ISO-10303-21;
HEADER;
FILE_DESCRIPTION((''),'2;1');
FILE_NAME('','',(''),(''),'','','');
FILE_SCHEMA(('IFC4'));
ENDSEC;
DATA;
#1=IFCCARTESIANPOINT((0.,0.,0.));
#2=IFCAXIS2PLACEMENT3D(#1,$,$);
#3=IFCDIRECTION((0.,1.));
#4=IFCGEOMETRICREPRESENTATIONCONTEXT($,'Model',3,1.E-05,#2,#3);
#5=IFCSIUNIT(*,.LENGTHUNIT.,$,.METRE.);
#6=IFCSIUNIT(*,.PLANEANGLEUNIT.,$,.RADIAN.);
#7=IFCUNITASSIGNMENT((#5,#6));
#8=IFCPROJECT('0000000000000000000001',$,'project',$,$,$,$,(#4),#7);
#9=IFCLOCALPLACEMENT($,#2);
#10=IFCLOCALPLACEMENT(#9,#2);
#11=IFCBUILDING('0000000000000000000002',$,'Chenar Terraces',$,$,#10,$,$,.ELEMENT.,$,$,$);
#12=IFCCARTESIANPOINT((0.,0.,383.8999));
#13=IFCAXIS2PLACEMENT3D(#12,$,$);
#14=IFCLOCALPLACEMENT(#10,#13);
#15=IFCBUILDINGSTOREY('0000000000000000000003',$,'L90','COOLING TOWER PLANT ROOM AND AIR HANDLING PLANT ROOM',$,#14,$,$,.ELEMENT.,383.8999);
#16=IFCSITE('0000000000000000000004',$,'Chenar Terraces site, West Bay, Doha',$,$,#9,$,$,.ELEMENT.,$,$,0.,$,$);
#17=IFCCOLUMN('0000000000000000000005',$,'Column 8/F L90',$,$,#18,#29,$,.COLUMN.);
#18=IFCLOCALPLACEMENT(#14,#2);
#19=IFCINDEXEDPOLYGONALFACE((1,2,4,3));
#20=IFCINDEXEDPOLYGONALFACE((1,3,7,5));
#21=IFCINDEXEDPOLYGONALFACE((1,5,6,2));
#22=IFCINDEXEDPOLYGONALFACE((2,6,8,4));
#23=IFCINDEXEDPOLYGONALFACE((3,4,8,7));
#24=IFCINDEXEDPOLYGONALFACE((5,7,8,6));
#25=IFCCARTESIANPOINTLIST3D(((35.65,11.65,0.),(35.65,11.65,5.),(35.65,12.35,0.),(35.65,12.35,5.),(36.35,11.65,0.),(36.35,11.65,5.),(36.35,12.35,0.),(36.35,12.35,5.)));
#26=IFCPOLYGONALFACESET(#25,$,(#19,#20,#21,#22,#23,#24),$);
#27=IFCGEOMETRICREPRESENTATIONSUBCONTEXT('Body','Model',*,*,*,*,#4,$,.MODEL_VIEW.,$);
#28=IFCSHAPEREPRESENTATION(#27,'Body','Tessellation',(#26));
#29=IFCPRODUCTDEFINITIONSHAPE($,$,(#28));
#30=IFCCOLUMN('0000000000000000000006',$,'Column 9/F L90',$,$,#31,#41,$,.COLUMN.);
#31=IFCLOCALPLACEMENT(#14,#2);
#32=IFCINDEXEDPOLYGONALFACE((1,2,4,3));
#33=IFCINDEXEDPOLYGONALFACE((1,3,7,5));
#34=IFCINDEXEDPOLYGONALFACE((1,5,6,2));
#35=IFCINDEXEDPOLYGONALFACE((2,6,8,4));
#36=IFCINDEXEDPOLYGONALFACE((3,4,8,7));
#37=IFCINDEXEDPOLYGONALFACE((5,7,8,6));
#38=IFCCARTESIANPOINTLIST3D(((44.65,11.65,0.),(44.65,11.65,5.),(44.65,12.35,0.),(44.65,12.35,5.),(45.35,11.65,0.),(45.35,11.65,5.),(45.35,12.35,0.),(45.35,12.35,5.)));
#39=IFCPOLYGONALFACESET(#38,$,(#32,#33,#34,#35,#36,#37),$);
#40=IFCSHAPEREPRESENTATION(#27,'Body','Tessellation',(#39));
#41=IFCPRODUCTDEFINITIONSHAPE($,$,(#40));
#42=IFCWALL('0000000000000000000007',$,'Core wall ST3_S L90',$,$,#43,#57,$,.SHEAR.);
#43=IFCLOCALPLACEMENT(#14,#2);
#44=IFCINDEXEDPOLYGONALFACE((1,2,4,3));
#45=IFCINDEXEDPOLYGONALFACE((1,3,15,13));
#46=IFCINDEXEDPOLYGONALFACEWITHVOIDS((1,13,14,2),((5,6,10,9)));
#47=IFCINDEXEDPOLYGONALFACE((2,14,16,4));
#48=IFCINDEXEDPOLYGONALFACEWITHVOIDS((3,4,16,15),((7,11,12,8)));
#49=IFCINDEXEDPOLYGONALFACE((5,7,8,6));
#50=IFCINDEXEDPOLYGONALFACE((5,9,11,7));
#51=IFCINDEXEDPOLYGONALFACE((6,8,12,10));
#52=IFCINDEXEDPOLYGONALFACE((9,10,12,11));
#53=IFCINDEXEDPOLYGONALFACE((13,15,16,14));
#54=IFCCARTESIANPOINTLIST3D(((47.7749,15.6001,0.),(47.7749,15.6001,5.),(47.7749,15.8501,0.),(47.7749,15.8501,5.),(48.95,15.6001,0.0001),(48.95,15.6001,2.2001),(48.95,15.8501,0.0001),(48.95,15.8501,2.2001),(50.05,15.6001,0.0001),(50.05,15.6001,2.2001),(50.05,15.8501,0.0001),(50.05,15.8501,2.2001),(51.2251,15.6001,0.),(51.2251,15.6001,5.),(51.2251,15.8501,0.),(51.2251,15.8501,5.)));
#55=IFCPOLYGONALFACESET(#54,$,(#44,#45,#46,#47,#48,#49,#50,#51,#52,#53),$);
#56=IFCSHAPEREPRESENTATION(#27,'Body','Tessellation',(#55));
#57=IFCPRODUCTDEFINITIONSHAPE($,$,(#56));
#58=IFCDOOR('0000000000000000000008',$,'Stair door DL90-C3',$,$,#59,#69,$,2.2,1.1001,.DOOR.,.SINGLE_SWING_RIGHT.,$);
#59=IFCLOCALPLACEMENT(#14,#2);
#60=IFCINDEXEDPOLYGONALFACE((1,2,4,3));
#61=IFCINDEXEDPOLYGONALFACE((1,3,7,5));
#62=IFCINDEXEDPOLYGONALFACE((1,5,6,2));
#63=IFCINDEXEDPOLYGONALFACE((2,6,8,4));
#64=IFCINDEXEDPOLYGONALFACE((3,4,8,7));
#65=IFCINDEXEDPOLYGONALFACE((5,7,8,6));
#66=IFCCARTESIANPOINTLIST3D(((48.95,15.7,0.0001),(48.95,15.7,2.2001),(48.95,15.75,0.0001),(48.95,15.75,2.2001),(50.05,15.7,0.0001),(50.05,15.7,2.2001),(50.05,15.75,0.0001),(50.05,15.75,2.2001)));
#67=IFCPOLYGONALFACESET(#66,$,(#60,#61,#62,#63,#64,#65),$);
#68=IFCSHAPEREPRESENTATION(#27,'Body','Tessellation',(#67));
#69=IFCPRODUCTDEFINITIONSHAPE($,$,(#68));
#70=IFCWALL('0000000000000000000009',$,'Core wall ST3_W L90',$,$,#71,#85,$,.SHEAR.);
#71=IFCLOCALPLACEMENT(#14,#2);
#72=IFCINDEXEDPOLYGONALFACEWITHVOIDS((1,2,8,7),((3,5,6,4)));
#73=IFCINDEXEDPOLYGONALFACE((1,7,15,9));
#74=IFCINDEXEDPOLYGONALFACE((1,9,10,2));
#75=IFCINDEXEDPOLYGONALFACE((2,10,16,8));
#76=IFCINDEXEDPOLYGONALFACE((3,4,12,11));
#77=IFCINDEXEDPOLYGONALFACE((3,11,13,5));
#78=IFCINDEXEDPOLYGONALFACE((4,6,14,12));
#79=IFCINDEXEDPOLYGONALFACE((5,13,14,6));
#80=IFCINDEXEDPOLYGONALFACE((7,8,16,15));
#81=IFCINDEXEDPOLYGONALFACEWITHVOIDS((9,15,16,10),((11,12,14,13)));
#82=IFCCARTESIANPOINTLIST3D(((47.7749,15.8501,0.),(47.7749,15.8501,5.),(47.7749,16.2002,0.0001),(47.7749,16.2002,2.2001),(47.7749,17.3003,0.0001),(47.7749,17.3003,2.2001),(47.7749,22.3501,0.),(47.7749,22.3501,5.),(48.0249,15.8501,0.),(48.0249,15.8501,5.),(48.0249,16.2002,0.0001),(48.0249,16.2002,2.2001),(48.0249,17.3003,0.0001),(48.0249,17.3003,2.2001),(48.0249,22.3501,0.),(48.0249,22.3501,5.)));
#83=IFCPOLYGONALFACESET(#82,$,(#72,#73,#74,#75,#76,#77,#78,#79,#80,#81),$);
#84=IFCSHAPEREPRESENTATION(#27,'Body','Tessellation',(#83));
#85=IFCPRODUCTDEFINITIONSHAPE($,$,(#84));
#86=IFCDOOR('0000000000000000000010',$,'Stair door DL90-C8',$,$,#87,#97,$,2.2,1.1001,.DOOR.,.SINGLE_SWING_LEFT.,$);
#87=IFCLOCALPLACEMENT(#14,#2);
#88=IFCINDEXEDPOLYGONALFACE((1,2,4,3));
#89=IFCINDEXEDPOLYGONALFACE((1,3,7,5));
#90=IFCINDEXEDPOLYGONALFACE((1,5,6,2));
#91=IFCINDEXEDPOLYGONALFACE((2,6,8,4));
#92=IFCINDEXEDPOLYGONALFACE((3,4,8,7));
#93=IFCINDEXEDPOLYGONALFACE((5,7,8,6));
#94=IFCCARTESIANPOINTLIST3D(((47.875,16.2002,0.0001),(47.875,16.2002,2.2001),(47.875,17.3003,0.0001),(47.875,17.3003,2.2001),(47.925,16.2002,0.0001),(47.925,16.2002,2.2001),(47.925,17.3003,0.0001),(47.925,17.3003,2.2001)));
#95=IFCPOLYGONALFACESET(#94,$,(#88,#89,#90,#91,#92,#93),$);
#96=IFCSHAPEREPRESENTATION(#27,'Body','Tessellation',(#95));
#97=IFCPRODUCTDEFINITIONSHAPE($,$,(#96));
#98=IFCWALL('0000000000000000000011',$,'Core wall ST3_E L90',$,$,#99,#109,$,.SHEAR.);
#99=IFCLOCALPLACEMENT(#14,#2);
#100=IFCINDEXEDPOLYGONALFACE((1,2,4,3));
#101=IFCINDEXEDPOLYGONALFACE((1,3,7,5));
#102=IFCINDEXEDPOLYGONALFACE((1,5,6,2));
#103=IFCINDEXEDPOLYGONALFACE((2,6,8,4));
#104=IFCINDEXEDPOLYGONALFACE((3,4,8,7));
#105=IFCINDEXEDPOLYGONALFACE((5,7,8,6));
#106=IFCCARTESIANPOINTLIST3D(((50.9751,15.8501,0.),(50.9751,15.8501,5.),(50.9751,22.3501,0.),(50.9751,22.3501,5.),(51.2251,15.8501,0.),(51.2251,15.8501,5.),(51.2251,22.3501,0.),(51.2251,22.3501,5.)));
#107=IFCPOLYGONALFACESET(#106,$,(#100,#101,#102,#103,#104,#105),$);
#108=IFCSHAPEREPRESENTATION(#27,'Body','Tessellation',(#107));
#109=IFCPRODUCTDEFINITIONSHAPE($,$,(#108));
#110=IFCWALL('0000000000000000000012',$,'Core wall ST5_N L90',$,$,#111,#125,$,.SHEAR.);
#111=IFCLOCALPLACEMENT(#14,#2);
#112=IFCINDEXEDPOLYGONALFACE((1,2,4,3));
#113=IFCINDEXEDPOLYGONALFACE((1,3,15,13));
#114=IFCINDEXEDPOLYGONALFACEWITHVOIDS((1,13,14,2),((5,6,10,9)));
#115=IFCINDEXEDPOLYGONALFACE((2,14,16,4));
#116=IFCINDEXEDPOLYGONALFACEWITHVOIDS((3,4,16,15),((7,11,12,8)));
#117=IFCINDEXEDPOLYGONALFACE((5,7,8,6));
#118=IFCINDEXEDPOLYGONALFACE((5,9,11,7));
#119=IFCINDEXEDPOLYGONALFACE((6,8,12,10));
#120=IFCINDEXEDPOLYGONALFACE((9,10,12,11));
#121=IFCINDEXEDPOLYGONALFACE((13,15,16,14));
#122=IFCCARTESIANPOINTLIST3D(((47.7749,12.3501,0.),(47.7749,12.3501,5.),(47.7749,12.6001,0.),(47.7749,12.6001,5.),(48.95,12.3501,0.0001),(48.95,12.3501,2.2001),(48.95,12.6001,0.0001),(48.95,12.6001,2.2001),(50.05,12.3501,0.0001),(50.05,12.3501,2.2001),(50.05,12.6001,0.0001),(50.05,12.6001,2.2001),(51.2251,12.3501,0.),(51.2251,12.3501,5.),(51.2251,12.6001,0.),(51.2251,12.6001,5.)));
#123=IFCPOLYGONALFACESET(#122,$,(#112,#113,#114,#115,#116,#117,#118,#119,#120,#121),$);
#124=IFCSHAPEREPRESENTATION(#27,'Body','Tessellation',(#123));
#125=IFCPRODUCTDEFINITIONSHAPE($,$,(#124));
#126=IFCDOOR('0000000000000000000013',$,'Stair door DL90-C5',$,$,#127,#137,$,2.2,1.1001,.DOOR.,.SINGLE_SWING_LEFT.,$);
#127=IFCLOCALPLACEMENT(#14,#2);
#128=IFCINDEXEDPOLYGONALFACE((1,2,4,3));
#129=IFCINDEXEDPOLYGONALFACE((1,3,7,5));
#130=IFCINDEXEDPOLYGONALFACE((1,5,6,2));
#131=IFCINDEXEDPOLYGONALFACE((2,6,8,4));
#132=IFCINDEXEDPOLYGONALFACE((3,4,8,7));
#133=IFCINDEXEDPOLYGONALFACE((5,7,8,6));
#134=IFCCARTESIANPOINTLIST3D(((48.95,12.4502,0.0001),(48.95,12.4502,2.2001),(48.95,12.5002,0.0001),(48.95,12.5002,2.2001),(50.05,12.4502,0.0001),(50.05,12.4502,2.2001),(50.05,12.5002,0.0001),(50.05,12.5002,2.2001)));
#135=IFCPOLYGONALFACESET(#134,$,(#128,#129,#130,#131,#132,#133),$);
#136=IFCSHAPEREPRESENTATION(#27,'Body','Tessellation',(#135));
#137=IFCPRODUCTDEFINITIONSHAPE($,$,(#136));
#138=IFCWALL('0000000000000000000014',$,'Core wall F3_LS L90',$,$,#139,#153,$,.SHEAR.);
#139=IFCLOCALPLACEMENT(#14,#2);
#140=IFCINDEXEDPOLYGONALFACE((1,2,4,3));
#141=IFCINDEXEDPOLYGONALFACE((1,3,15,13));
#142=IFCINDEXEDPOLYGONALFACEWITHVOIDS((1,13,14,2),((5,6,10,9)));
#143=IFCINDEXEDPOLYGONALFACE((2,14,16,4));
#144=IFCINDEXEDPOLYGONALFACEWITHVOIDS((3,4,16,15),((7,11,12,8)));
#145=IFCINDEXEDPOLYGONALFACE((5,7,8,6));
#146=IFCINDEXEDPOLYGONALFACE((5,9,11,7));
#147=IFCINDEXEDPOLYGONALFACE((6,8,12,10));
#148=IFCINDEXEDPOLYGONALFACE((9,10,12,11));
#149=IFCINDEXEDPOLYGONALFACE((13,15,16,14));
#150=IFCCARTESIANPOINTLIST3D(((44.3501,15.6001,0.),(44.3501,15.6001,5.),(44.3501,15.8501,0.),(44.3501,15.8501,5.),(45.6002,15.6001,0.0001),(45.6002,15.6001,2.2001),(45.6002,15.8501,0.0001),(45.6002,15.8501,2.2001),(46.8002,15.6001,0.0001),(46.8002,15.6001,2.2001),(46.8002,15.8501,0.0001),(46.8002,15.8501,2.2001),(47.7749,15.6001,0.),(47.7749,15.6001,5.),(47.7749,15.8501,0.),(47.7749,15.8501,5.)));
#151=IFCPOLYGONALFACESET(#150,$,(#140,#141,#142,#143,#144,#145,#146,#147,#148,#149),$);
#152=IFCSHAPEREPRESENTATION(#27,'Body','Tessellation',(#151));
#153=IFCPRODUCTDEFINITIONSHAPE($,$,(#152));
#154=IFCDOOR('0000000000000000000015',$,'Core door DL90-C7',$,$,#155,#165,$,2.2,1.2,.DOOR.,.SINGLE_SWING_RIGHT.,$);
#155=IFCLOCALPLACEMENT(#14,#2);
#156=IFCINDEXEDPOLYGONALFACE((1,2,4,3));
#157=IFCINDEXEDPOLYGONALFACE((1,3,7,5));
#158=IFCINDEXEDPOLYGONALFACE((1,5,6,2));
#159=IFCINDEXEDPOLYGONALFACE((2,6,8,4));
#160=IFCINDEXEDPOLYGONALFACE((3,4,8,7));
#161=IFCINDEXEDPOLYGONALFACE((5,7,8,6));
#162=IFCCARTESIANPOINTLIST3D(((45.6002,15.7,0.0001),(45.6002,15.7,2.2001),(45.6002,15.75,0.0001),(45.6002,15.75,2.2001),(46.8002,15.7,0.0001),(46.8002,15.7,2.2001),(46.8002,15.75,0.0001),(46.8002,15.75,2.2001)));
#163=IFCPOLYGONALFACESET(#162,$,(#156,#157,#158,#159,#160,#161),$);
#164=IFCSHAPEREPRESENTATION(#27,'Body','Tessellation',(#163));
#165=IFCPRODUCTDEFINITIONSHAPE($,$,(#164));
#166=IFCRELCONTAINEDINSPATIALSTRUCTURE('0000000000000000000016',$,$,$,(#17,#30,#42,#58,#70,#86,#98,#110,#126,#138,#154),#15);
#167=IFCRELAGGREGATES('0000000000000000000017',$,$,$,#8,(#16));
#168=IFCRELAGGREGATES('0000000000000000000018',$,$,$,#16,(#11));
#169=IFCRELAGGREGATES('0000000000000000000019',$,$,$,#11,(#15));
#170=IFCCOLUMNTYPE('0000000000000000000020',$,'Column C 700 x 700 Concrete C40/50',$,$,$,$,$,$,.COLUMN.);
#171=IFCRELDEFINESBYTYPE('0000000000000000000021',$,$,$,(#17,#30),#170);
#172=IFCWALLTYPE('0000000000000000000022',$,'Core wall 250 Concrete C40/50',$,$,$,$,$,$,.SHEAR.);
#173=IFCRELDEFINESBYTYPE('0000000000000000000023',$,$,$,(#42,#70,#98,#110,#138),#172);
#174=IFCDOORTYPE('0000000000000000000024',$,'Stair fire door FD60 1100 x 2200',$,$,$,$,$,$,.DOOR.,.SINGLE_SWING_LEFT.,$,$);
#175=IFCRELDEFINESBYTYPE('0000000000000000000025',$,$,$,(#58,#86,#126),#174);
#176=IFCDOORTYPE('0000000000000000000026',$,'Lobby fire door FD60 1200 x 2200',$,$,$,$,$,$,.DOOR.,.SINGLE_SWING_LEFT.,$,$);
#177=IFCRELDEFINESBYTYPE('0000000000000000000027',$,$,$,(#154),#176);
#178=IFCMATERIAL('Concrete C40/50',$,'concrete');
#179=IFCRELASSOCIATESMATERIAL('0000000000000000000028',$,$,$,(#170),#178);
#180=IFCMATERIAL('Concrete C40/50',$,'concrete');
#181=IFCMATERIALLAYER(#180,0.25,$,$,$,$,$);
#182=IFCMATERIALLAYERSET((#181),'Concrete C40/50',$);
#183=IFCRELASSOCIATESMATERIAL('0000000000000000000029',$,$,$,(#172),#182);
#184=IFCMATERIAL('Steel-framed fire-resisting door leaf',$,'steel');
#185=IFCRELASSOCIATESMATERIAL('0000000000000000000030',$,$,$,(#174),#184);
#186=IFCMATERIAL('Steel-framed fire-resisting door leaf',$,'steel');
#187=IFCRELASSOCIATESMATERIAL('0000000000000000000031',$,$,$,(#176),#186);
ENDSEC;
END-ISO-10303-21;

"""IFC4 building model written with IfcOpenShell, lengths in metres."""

from ifc_helpers import new_model, si_unit, direction, frame, frame_2d, origin, origin_2d, place, context, subcontext, project, spatial, rectangle, extrude, material, layer, layer_set, material_profile, profile_set, type_object, element, fill, save


model = new_model("IFC4")

# Units and contexts
model_context = context("Model", 3, precision=1e-05, world=origin(), true_north=direction((0.0, 1.0)))
body_context = subcontext(model_context, "Body", "Model", "MODEL_VIEW")
ifc_project = project(units=[si_unit("LENGTHUNIT", "METRE"), si_unit("PLANEANGLEUNIT", "RADIAN")], contexts=[model_context])

# Site, building, storey
site_placement = place(None, origin())
site = spatial("IfcSite", under=ifc_project, at=site_placement, Name="Chenar Terraces site, West Bay, Doha", CompositionType="ELEMENT", RefElevation=0.0)
building_placement = place(site_placement, origin())
building = spatial("IfcBuilding", under=site, at=building_placement, Name="Chenar Terraces", CompositionType="ELEMENT")
storey_placement = place(building_placement, frame((0.0, 0.0, 383.8999)))
storey = spatial("IfcBuildingStorey", under=building, at=storey_placement, Name="L90", Description="COOLING TOWER PLANT ROOM AND AIR HANDLING PLANT ROOM", CompositionType="ELEMENT", Elevation=383.8999)

# Columns
ifc_material_1 = material(Name="Concrete C40/50", Category="concrete")
ifc_material_profile = material_profile(ifc_material_1, rectangle(XDim=0.7, YDim=0.7, at=origin_2d()), Name="C 700 x 700")
ifc_profile_set = profile_set([ifc_material_profile], Name="Concrete C40/50")
column_type = type_object("IfcColumnType", Name="Column C 700 x 700 Concrete C40/50", PredefinedType="COLUMN", material=ifc_profile_set)
for number, where, z_axis, x_axis, name in (
    (1, (36.0, 12.0, 0.0), (0.0, 0.0, 1.0), (1.0, 0.0, 0.0), "Column 8/F L90"),
    (2, (45.0, 12.0, 0.0), (0.0, 0.0, 1.0), (1.0, 0.0, 0.0), "Column 9/F L90"),
):
    element("IfcColumn", number, at=place(storey_placement, frame(where, z_axis=z_axis, x_axis=x_axis)), inside=storey, type_object=column_type, Name=name, PredefinedType="COLUMN", context=body_context, shape_type="SweptSolid", body=[
        extrude(rectangle(XDim=0.7, YDim=0.7, at=origin_2d()), origin(), (0.0, 0.0, 1.0), 5.0),
    ])

# Walls, openings, doors
ifc_material_2 = material(Name="Concrete C40/50", Category="concrete")
ifc_layer_1 = layer(ifc_material_2, 0.25)
ifc_layer_set_1 = layer_set([ifc_layer_1], Name="Concrete C40/50")
wall_type_1 = type_object("IfcWallType", Name="Core wall 250 Concrete C40/50", PredefinedType="SHEAR", material=ifc_layer_set_1)
wall_1_placement = place(storey_placement, frame((47.7749, 15.7251, 0.0), z_axis=(0.0, 0.0, 1.0), x_axis=(1.0, 0.0, 0.0)))
wall_1 = element("IfcWall", 3, at=wall_1_placement, inside=storey, type_object=wall_type_1, Name="Core wall ST3_S L90", PredefinedType="SHEAR", context=body_context, shape_type="SweptSolid", body=[
    extrude(rectangle(XDim=3.4502, YDim=0.25, at=frame_2d((1.7251, 0.0))), origin(), (0.0, 0.0, 1.0), 5.0),
])
opening_1_placement = place(wall_1_placement, frame((1.175, 0.0, 0.0)))
opening_1 = element("IfcOpeningElement", 4, at=opening_1_placement, cuts=wall_1, PredefinedType="OPENING", context=body_context, shape_type="SweptSolid", body=[
    extrude(rectangle(XDim=1.1001, YDim=2.2, at=frame_2d((0.55, 1.1001))), frame((0.0, 0.135, 0.0), z_axis=(0.0, -1.0, 0.0), x_axis=(1.0, 0.0, 0.0)), (0.0, 0.0, 1.0), 0.27),
])
ifc_material_3 = material(Name="Steel-framed fire-resisting door leaf", Category="steel")
door_type_1 = type_object("IfcDoorType", Name="Stair fire door FD60 1100 x 2200", OperationType="SINGLE_SWING_LEFT", PredefinedType="DOOR", material=ifc_material_3)
door_1_placement = place(opening_1_placement, origin())
door_1 = element("IfcDoor", 5, at=door_1_placement, inside=storey, type_object=door_type_1, Name="Stair door DL90-C3", OperationType="SINGLE_SWING_RIGHT", OverallHeight=2.2, OverallWidth=1.1001, PredefinedType="DOOR", context=body_context, shape_type="SweptSolid", body=[
    extrude(rectangle(XDim=1.1001, YDim=2.2, at=frame_2d((0.55, 1.1001))), frame((0.0, 0.0249, 0.0), z_axis=(0.0, -1.0, 0.0), x_axis=(1.0, 0.0, 0.0)), (0.0, 0.0, 1.0), 0.05),
])
fill(opening_1, door_1)
wall_2_placement = place(storey_placement, frame((47.8999, 15.8501, 0.0), z_axis=(0.0, 0.0, 1.0), x_axis=(0.0, 1.0, 0.0)))
wall_2 = element("IfcWall", 6, at=wall_2_placement, inside=storey, type_object=wall_type_1, Name="Core wall ST3_W L90", PredefinedType="SHEAR", context=body_context, shape_type="SweptSolid", body=[
    extrude(rectangle(XDim=6.5, YDim=0.25, at=frame_2d((3.25, 0.0))), origin(), (0.0, 0.0, 1.0), 5.0),
])
opening_2_placement = place(wall_2_placement, frame((0.3501, 0.0, 0.0)))
opening_2 = element("IfcOpeningElement", 7, at=opening_2_placement, cuts=wall_2, PredefinedType="OPENING", context=body_context, shape_type="SweptSolid", body=[
    extrude(rectangle(XDim=1.1001, YDim=2.2, at=frame_2d((0.55, 1.1001))), frame((0.0, 0.135, 0.0), z_axis=(0.0, -1.0, 0.0), x_axis=(1.0, 0.0, 0.0)), (0.0, 0.0, 1.0), 0.27),
])
door_2_placement = place(opening_2_placement, origin())
door_2 = element("IfcDoor", 8, at=door_2_placement, inside=storey, type_object=door_type_1, Name="Stair door DL90-C8", OperationType="SINGLE_SWING_LEFT", OverallHeight=2.2, OverallWidth=1.1001, PredefinedType="DOOR", context=body_context, shape_type="SweptSolid", body=[
    extrude(rectangle(XDim=1.1001, YDim=2.2, at=frame_2d((0.55, 1.1001))), frame((0.0, 0.0249, 0.0), z_axis=(0.0, -1.0, 0.0), x_axis=(1.0, 0.0, 0.0)), (0.0, 0.0, 1.0), 0.05),
])
fill(opening_2, door_2)

# Wall
wall_3_placement = place(storey_placement, frame((51.1001, 15.8501, 0.0), z_axis=(0.0, 0.0, 1.0), x_axis=(0.0, 1.0, 0.0)))
element("IfcWall", 9, at=wall_3_placement, inside=storey, type_object=wall_type_1, Name="Core wall ST3_E L90", PredefinedType="SHEAR", context=body_context, shape_type="SweptSolid", body=[
    extrude(rectangle(XDim=6.5, YDim=0.25, at=frame_2d((3.25, 0.0))), origin(), (0.0, 0.0, 1.0), 5.0),
])

# Walls, openings, doors
wall_4_placement = place(storey_placement, frame((47.7749, 12.4751, 0.0), z_axis=(0.0, 0.0, 1.0), x_axis=(1.0, 0.0, 0.0)))
wall_4 = element("IfcWall", 10, at=wall_4_placement, inside=storey, type_object=wall_type_1, Name="Core wall ST5_N L90", PredefinedType="SHEAR", context=body_context, shape_type="SweptSolid", body=[
    extrude(rectangle(XDim=3.4502, YDim=0.25, at=frame_2d((1.7251, 0.0))), origin(), (0.0, 0.0, 1.0), 5.0),
])
opening_3_placement = place(wall_4_placement, frame((1.175, 0.0, 0.0)))
opening_3 = element("IfcOpeningElement", 11, at=opening_3_placement, cuts=wall_4, PredefinedType="OPENING", context=body_context, shape_type="SweptSolid", body=[
    extrude(rectangle(XDim=1.1001, YDim=2.2, at=frame_2d((0.55, 1.1001))), frame((0.0, 0.135, 0.0), z_axis=(0.0, -1.0, 0.0), x_axis=(1.0, 0.0, 0.0)), (0.0, 0.0, 1.0), 0.27),
])
door_3_placement = place(opening_3_placement, frame((1.1001, 0.0, 0.0), z_axis=(0.0, 0.0, 1.0), x_axis=(-1.0, 0.0, 0.0)))
door_3 = element("IfcDoor", 12, at=door_3_placement, inside=storey, type_object=door_type_1, Name="Stair door DL90-C5", OperationType="SINGLE_SWING_LEFT", OverallHeight=2.2, OverallWidth=1.1001, PredefinedType="DOOR", context=body_context, shape_type="SweptSolid", body=[
    extrude(rectangle(XDim=1.1001, YDim=2.2, at=frame_2d((0.55, 1.1001))), frame((0.0, 0.0249, 0.0), z_axis=(0.0, -1.0, 0.0), x_axis=(1.0, 0.0, 0.0)), (0.0, 0.0, 1.0), 0.05),
])
fill(opening_3, door_3)
wall_5_placement = place(storey_placement, frame((44.3501, 15.7251, 0.0), z_axis=(0.0, 0.0, 1.0), x_axis=(1.0, 0.0, 0.0)))
wall_5 = element("IfcWall", 13, at=wall_5_placement, inside=storey, type_object=wall_type_1, Name="Core wall F3_LS L90", PredefinedType="SHEAR", context=body_context, shape_type="SweptSolid", body=[
    extrude(rectangle(XDim=3.4248, YDim=0.25, at=frame_2d((1.7124, 0.0))), origin(), (0.0, 0.0, 1.0), 5.0),
])
opening_4_placement = place(wall_5_placement, frame((1.25, 0.0, 0.0)))
opening_4 = element("IfcOpeningElement", 14, at=opening_4_placement, cuts=wall_5, PredefinedType="OPENING", context=body_context, shape_type="SweptSolid", body=[
    extrude(rectangle(XDim=1.2, YDim=2.2, at=frame_2d((0.6001, 1.1001))), frame((0.0, 0.135, 0.0), z_axis=(0.0, -1.0, 0.0), x_axis=(1.0, 0.0, 0.0)), (0.0, 0.0, 1.0), 0.27),
])
ifc_material_4 = material(Name="Steel-framed fire-resisting door leaf", Category="steel")
door_type_2 = type_object("IfcDoorType", Name="Lobby fire door FD60 1200 x 2200", OperationType="SINGLE_SWING_LEFT", PredefinedType="DOOR", material=ifc_material_4)
door_4_placement = place(opening_4_placement, origin())
door_4 = element("IfcDoor", 15, at=door_4_placement, inside=storey, type_object=door_type_2, Name="Core door DL90-C7", OperationType="SINGLE_SWING_RIGHT", OverallHeight=2.2, OverallWidth=1.2, PredefinedType="DOOR", context=body_context, shape_type="SweptSolid", body=[
    extrude(rectangle(XDim=1.2, YDim=2.2, at=frame_2d((0.6001, 1.1001))), frame((0.0, 0.0249, 0.0), z_axis=(0.0, -1.0, 0.0), x_axis=(1.0, 0.0, 0.0)), (0.0, 0.0, 1.0), 0.05),
])
fill(opening_4, door_4)

save(model, "model.ifc")
